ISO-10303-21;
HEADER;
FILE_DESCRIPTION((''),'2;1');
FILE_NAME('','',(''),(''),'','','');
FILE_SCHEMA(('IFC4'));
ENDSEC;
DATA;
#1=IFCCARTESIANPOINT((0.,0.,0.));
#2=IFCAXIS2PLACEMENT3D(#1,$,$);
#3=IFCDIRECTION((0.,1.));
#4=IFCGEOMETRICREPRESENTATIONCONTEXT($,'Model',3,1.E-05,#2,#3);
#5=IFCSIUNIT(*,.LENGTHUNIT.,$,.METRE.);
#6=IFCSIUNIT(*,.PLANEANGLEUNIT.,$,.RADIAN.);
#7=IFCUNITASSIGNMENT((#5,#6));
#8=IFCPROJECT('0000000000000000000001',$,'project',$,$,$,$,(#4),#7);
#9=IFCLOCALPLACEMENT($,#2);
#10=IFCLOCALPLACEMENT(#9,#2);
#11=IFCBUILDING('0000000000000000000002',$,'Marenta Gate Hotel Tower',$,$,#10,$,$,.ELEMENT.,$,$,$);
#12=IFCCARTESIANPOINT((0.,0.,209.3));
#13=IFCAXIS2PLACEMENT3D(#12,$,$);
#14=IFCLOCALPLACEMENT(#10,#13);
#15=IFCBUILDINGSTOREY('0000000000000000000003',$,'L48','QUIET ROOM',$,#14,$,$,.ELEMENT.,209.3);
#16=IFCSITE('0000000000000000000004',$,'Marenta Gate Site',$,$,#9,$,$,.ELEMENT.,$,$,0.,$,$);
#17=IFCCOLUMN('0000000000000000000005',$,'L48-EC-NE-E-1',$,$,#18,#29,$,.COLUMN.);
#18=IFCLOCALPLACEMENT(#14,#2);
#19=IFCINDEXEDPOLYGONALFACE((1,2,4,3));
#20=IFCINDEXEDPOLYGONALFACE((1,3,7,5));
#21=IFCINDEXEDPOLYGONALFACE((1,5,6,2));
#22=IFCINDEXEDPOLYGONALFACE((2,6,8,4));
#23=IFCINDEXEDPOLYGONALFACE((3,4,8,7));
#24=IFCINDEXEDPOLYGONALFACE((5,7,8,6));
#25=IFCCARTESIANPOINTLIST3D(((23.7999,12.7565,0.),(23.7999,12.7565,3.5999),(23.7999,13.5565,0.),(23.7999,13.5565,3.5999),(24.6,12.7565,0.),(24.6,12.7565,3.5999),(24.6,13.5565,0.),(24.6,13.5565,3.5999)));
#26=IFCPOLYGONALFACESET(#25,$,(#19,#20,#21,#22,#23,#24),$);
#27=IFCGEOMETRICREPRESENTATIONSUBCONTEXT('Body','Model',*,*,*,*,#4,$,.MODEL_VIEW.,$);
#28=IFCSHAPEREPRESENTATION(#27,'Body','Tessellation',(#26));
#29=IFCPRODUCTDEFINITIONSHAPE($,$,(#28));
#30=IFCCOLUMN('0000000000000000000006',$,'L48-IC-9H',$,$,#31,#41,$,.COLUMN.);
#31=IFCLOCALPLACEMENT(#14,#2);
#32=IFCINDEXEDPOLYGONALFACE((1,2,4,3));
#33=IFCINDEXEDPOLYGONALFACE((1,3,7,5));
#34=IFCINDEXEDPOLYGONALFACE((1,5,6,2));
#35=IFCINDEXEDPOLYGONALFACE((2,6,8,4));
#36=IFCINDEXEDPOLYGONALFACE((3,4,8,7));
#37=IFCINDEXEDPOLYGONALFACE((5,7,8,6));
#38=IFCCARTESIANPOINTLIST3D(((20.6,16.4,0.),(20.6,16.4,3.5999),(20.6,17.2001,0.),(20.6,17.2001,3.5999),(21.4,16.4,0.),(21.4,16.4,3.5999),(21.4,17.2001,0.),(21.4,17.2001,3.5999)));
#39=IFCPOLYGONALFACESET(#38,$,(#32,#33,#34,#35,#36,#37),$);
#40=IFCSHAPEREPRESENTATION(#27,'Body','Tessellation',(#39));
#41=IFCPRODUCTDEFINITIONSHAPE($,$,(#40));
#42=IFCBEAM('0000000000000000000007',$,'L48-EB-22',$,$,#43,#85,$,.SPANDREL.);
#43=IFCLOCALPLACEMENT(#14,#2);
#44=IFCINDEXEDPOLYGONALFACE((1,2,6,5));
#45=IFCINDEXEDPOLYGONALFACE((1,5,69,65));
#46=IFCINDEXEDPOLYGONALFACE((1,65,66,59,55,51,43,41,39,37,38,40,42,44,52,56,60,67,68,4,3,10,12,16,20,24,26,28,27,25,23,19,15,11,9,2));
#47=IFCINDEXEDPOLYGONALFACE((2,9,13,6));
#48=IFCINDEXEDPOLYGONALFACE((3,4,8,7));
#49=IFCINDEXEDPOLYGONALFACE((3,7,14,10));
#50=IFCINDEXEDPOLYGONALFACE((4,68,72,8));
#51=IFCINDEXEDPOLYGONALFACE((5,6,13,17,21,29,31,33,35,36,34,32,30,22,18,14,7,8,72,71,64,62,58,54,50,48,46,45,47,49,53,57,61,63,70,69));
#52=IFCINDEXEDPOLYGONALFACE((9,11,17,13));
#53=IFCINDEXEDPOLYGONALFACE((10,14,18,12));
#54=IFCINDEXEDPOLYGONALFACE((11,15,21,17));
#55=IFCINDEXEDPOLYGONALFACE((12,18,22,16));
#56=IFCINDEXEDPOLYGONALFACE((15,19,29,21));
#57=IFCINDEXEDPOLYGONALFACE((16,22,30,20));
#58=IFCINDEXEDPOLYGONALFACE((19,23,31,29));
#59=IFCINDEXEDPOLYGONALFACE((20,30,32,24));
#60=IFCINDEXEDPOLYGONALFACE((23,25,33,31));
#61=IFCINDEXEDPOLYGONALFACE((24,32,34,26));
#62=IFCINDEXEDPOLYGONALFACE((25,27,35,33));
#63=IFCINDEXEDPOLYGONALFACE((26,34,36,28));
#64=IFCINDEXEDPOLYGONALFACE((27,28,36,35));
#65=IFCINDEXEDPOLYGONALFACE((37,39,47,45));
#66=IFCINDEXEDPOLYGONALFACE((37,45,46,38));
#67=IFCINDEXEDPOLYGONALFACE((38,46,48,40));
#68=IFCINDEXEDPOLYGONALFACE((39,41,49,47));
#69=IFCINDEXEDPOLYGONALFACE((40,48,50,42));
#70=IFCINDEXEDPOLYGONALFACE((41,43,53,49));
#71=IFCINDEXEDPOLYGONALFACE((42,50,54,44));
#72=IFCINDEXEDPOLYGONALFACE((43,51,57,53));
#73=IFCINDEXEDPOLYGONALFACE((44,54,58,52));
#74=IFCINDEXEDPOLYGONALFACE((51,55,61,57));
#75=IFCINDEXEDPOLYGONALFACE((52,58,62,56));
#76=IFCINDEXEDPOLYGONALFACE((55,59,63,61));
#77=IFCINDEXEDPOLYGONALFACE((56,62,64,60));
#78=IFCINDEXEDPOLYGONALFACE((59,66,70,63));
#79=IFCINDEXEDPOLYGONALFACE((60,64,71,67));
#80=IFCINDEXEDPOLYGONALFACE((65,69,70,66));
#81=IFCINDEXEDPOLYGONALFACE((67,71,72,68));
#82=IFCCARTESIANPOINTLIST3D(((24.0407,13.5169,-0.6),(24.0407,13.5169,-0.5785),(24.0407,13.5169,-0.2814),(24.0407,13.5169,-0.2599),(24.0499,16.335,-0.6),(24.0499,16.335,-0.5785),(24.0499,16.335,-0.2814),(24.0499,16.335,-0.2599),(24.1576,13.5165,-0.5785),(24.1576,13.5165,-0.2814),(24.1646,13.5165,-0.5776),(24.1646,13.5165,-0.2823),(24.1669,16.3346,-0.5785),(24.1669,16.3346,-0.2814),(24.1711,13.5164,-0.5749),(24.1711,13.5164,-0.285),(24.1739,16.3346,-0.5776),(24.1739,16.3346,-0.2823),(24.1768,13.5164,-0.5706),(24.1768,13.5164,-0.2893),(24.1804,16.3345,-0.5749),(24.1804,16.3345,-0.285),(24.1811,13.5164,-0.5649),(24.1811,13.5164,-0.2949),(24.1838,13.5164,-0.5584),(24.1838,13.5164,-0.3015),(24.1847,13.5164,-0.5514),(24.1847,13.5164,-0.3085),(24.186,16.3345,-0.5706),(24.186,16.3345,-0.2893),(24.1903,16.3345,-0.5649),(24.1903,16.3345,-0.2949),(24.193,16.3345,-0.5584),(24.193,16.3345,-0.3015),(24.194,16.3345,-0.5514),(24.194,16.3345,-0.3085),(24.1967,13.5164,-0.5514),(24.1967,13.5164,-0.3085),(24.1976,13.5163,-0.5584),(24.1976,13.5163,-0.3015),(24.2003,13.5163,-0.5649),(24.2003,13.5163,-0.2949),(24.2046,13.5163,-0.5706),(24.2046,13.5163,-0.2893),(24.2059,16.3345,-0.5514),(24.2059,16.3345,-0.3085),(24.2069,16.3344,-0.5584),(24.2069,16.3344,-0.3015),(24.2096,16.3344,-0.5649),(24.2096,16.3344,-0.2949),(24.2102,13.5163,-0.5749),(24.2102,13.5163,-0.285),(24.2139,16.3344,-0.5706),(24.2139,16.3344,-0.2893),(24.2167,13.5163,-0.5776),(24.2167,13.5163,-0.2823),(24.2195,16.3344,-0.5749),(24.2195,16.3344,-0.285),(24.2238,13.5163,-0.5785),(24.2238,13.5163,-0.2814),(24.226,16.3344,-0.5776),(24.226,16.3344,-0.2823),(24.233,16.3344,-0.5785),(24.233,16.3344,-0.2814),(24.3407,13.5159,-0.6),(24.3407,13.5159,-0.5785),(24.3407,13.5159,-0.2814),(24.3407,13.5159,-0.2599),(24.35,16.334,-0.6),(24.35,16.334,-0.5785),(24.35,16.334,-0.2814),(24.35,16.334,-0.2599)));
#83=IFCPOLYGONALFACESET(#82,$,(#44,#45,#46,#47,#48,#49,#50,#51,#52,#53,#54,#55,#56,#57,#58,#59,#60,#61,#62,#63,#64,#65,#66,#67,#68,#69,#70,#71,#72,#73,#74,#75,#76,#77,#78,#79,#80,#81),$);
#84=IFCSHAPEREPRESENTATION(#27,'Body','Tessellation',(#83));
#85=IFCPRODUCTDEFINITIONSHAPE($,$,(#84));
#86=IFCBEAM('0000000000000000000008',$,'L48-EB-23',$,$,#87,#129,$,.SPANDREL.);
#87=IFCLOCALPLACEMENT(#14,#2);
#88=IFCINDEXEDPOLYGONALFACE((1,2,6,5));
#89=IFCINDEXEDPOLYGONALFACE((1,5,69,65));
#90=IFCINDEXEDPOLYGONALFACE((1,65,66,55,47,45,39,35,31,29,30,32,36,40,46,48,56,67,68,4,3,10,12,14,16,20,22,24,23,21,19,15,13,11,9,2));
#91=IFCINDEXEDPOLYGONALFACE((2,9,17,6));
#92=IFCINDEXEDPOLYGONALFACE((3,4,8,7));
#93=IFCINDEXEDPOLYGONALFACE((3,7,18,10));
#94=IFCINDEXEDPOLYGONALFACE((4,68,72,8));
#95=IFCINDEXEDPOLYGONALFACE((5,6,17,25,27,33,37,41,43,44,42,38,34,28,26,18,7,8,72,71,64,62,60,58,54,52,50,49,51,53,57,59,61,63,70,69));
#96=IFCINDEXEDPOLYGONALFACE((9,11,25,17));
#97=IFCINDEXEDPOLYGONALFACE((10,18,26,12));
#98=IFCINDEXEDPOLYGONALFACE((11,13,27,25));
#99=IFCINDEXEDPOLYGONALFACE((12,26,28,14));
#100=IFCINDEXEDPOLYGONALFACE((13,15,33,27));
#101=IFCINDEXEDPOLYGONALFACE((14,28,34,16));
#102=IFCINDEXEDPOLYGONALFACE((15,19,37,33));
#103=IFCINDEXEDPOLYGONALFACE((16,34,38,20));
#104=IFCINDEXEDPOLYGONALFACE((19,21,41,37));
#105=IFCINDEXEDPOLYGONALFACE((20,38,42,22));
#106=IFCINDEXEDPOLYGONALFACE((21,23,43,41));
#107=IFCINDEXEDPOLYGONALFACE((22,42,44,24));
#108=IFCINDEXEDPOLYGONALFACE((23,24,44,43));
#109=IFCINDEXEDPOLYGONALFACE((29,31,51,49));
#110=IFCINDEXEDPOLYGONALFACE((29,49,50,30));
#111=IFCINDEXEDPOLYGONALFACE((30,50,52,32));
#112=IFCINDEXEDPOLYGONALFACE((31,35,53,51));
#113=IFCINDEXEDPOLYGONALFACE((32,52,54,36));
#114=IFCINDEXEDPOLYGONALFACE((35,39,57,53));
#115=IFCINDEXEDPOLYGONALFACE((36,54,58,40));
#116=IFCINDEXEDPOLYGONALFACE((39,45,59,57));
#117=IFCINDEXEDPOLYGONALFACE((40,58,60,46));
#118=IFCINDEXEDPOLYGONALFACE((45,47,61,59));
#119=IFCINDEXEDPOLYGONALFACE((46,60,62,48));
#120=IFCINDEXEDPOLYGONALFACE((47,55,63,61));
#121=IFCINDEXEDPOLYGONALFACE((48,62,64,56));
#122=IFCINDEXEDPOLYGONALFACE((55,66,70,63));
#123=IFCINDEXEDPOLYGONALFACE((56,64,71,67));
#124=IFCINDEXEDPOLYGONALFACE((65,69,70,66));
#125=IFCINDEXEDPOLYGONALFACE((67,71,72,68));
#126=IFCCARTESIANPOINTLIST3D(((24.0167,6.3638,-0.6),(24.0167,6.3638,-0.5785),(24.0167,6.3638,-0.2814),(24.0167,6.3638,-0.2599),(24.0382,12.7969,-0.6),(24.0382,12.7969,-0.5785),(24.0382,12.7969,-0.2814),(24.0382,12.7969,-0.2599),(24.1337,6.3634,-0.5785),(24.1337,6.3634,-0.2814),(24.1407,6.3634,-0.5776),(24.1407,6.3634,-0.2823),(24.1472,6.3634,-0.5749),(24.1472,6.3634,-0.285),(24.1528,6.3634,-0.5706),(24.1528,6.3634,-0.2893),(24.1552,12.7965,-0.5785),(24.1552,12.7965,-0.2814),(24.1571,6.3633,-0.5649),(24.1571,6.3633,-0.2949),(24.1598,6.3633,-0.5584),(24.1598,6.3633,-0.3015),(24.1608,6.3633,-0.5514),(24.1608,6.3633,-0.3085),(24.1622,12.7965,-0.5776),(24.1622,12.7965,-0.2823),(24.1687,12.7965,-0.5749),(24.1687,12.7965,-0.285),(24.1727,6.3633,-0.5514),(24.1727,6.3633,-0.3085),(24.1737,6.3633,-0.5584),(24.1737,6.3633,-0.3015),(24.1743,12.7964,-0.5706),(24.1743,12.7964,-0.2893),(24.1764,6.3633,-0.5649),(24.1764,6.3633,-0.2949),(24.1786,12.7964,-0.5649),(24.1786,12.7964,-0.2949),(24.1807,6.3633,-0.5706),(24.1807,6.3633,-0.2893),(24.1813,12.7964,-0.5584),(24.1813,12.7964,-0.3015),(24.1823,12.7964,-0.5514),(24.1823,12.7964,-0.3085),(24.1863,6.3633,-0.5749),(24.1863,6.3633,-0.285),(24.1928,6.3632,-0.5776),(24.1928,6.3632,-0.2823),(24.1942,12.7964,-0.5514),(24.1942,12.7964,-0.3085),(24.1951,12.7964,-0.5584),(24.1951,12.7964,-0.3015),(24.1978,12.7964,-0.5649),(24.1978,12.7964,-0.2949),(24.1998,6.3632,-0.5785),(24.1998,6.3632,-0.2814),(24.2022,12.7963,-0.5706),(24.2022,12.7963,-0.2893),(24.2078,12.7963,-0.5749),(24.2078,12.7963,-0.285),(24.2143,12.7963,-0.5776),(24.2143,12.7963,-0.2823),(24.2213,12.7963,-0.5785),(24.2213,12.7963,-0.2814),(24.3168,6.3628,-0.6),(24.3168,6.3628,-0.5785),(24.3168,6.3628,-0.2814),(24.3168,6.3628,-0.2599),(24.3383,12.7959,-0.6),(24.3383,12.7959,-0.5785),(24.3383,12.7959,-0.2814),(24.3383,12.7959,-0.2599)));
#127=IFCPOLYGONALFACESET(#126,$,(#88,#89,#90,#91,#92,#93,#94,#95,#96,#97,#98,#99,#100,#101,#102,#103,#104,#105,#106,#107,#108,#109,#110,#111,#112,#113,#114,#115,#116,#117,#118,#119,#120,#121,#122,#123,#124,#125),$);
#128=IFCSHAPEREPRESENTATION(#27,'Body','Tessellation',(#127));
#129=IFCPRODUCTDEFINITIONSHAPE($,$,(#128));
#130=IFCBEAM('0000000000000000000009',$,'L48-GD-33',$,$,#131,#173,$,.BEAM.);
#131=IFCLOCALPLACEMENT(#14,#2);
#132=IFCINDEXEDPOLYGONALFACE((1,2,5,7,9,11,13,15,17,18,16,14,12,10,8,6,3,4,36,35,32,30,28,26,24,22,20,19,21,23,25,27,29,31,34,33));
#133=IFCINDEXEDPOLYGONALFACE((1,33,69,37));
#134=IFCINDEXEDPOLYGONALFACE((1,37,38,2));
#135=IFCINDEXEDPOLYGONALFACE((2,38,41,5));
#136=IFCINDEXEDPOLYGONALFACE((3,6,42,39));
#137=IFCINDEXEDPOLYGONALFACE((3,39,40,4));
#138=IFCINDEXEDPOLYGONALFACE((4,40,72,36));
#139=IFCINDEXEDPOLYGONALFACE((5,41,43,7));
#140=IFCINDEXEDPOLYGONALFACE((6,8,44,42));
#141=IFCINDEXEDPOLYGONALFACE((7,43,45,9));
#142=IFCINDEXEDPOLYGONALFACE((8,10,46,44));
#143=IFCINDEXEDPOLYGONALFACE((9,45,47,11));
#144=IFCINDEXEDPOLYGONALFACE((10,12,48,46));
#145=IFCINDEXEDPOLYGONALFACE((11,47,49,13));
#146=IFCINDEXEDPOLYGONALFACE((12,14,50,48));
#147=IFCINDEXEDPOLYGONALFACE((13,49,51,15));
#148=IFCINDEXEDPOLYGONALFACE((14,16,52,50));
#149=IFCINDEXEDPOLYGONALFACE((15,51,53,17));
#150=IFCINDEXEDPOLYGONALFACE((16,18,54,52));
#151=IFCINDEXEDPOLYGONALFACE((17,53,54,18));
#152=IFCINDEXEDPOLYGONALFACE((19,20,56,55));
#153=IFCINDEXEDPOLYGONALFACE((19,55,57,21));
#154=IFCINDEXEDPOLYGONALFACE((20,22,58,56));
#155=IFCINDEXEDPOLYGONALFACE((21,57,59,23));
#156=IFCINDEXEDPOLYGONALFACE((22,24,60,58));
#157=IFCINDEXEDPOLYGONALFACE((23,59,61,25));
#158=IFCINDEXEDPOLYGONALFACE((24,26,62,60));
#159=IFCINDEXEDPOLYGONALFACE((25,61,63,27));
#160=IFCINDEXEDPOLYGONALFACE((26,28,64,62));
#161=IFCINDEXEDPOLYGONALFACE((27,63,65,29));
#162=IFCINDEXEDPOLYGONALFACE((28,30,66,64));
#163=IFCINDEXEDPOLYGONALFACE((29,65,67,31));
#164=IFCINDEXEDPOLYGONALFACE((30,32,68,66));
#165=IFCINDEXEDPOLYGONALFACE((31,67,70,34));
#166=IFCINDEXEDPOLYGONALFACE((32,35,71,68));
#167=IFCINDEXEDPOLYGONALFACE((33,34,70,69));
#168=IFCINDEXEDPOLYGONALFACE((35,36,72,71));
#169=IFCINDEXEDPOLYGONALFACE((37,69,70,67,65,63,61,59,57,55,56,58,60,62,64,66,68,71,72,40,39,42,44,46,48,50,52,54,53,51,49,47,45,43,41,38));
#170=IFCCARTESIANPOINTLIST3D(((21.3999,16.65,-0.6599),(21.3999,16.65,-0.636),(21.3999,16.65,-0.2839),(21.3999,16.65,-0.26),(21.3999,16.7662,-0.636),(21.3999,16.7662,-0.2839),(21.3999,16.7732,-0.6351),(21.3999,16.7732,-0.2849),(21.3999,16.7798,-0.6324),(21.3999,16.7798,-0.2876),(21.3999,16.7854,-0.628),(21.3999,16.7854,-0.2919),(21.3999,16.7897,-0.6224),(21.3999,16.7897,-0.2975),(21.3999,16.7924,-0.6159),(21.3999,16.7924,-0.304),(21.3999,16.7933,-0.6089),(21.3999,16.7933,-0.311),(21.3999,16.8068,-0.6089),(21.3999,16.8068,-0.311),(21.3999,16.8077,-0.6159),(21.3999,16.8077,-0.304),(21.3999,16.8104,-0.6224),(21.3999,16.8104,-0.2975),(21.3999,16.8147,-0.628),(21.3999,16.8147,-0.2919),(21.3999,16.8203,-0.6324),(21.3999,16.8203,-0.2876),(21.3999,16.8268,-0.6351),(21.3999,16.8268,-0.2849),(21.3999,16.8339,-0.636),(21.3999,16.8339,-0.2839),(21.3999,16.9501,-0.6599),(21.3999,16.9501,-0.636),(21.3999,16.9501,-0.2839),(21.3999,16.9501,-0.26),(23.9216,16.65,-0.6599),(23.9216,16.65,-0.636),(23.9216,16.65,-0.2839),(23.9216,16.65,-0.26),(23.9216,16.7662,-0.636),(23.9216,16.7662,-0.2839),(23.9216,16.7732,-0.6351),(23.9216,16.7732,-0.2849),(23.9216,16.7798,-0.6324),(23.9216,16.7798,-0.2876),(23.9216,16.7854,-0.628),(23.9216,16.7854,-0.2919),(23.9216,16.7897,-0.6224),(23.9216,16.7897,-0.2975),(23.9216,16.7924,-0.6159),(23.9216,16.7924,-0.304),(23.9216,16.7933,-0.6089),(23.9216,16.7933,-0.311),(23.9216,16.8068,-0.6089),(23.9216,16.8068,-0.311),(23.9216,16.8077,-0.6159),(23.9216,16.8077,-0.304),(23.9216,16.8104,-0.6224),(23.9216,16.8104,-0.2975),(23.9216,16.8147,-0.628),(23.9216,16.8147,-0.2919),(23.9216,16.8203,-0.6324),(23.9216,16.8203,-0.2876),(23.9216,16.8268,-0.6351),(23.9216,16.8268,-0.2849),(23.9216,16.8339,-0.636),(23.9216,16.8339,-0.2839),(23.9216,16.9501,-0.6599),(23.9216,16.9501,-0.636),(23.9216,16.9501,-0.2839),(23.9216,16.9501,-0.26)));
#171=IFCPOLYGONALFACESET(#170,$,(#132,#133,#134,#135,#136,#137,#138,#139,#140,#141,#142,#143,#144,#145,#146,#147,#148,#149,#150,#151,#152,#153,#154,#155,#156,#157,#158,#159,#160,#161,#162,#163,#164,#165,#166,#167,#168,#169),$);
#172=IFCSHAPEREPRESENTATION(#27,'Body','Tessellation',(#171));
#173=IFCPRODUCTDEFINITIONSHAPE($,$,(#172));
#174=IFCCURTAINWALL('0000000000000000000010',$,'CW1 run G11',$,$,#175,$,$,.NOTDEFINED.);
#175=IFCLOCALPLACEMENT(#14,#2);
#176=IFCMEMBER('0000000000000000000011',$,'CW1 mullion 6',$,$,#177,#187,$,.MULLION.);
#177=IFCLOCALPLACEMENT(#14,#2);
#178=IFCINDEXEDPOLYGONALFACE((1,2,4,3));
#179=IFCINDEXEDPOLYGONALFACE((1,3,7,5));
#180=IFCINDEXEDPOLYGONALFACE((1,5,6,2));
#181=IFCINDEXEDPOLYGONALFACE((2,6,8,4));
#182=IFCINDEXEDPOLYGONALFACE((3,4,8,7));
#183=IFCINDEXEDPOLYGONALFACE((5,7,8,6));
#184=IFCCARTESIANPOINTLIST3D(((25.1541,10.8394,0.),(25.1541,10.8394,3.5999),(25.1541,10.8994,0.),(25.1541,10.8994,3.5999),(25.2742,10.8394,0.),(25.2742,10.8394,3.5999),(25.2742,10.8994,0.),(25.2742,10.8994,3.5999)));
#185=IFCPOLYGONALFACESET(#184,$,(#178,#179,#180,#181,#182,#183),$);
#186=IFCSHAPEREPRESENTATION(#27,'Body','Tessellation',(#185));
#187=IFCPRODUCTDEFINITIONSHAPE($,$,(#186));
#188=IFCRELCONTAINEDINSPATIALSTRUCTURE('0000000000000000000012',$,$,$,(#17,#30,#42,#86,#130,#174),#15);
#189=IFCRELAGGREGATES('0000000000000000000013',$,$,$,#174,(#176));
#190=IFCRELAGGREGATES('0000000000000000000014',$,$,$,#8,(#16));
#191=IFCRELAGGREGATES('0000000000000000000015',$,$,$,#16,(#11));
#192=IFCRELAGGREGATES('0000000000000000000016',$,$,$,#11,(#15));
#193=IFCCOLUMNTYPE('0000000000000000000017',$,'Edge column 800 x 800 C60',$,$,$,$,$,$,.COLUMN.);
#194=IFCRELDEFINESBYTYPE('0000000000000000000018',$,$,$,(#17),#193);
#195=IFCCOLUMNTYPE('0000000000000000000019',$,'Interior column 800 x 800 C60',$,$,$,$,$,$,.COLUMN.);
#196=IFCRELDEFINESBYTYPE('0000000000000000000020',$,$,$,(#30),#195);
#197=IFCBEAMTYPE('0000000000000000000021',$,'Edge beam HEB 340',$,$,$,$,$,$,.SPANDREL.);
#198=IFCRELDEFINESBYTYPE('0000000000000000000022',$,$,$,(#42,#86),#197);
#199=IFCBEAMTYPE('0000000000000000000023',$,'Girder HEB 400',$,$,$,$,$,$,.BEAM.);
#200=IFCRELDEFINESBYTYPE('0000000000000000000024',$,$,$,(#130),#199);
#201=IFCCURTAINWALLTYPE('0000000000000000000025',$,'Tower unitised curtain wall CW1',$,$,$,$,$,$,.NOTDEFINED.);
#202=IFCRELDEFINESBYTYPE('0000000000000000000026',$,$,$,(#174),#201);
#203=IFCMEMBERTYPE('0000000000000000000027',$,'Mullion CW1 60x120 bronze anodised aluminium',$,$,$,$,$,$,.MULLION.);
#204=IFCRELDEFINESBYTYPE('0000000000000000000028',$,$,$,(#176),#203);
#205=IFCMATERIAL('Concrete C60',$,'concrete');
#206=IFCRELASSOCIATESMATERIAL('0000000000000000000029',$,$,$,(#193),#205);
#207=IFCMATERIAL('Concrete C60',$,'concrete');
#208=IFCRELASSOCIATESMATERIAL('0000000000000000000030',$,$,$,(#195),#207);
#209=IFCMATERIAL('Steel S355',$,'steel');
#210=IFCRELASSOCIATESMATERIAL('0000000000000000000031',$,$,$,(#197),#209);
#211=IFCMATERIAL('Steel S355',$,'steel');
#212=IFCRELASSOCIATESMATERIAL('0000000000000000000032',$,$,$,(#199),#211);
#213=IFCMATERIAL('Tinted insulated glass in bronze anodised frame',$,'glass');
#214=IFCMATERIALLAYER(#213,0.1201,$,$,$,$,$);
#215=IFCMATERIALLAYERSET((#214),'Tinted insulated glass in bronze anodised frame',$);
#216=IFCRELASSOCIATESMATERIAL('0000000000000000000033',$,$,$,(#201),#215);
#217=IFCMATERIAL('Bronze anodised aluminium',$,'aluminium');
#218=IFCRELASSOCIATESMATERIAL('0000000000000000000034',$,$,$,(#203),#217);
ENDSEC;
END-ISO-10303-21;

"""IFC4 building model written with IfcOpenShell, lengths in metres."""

from ifc_helpers import new_model, si_unit, direction, frame, origin, origin_2d, place, context, subcontext, project, spatial, rectangle, i_section, extrude, material, layer, layer_set, material_profile, profile_set, type_object, element, aggregate, save


model = new_model("IFC4")

# Units and contexts
model_context = context("Model", 3, precision=1e-05, world=origin(), true_north=direction((0.0, 1.0)))
body_context = subcontext(model_context, "Body", "Model", "MODEL_VIEW")
ifc_project = project(units=[si_unit("LENGTHUNIT", "METRE"), si_unit("PLANEANGLEUNIT", "RADIAN")], contexts=[model_context])

# Site, building, storey
site_placement = place(None, origin())
site = spatial("IfcSite", under=ifc_project, at=site_placement, Name="Marenta Gate Site", CompositionType="ELEMENT", RefElevation=0.0)
building_placement = place(site_placement, origin())
building = spatial("IfcBuilding", under=site, at=building_placement, Name="Marenta Gate Hotel Tower", CompositionType="ELEMENT")
storey_placement = place(building_placement, frame((0.0, 0.0, 209.3)))
storey = spatial("IfcBuildingStorey", under=building, at=storey_placement, Name="L48", Description="QUIET ROOM", CompositionType="ELEMENT", Elevation=209.3)

# Columns
ifc_material_1 = material(Name="Concrete C60", Category="concrete")
ifc_material_profile_1 = material_profile(ifc_material_1, rectangle(XDim=0.8, YDim=0.8, at=origin_2d()), Name="800 x 800")
ifc_profile_set_1 = profile_set([ifc_material_profile_1], Name="Concrete C60")
column_type_1 = type_object("IfcColumnType", Name="Edge column 800 x 800 C60", PredefinedType="COLUMN", material=ifc_profile_set_1)
column_1_placement = place(storey_placement, frame((24.2, 13.1565, 0.0), z_axis=(0.0, 0.0, 1.0), x_axis=(1.0, 0.0, 0.0)))
element("IfcColumn", 1, at=column_1_placement, inside=storey, type_object=column_type_1, Name="L48-EC-NE-E-1", PredefinedType="COLUMN", context=body_context, shape_type="SweptSolid", body=[
    extrude(rectangle(XDim=0.8, YDim=0.8, at=origin_2d()), origin(), (0.0, 0.0, 1.0), 3.5999),
])
ifc_material_2 = material(Name="Concrete C60", Category="concrete")
ifc_material_profile_2 = material_profile(ifc_material_2, rectangle(XDim=0.8, YDim=0.8, at=origin_2d()), Name="800 x 800")
ifc_profile_set_2 = profile_set([ifc_material_profile_2], Name="Concrete C60")
column_type_2 = type_object("IfcColumnType", Name="Interior column 800 x 800 C60", PredefinedType="COLUMN", material=ifc_profile_set_2)
column_2_placement = place(storey_placement, frame((21.0, 16.8, 0.0), z_axis=(0.0, 0.0, 1.0), x_axis=(1.0, 0.0, 0.0)))
element("IfcColumn", 2, at=column_2_placement, inside=storey, type_object=column_type_2, Name="L48-IC-9H", PredefinedType="COLUMN", context=body_context, shape_type="SweptSolid", body=[
    extrude(rectangle(XDim=0.8, YDim=0.8, at=origin_2d()), origin(), (0.0, 0.0, 1.0), 3.5999),
])

# Beams
ifc_material_3 = material(Name="Steel S355", Category="steel")
ifc_material_profile_3 = material_profile(ifc_material_3, i_section(OverallWidth=0.3, OverallDepth=0.3401, WebThickness=0.012, FlangeThickness=0.0215, FilletRadius=0.0271, at=origin_2d()), Name="HEB 340")
ifc_profile_set_3 = profile_set([ifc_material_profile_3], Name="Steel S355")
beam_type_1 = type_object("IfcBeamType", Name="Edge beam HEB 340", PredefinedType="SPANDREL", material=ifc_profile_set_3)
beam_1_placement = place(storey_placement, frame((24.2, 16.3345, -0.4299), z_axis=(-0.003292, -0.999995, 0.0), x_axis=(0.999995, -0.003292, 0.0)))
element("IfcBeam", 3, at=beam_1_placement, inside=storey, type_object=beam_type_1, Name="L48-EB-22", PredefinedType="SPANDREL", context=body_context, shape_type="SweptSolid", body=[
    extrude(i_section(OverallWidth=0.3, OverallDepth=0.3401, WebThickness=0.012, FlangeThickness=0.0215, FilletRadius=0.0271, at=origin_2d()), origin(), (0.0, 0.0, 1.0), 2.8181),
])
beam_2_placement = place(storey_placement, frame((24.1882, 12.7964, -0.4299), z_axis=(-0.00334, -0.999994, 0.0), x_axis=(0.999994, -0.00334, 0.0)))
element("IfcBeam", 4, at=beam_2_placement, inside=storey, type_object=beam_type_1, Name="L48-EB-23", PredefinedType="SPANDREL", context=body_context, shape_type="SweptSolid", body=[
    extrude(i_section(OverallWidth=0.3, OverallDepth=0.3401, WebThickness=0.012, FlangeThickness=0.0215, FilletRadius=0.0271, at=origin_2d()), origin(), (0.0, 0.0, 1.0), 6.4331),
])
ifc_material_4 = material(Name="Steel S355", Category="steel")
ifc_material_profile_4 = material_profile(ifc_material_4, i_section(OverallWidth=0.3, OverallDepth=0.3999, WebThickness=0.0134, FlangeThickness=0.0239, FilletRadius=0.0271, at=origin_2d()), Name="HEB 400")
ifc_profile_set_4 = profile_set([ifc_material_profile_4], Name="Steel S355")
beam_type_2 = type_object("IfcBeamType", Name="Girder HEB 400", PredefinedType="BEAM", material=ifc_profile_set_4)
beam_3_placement = place(storey_placement, frame((21.3999, 16.8, -0.46), z_axis=(1.0, 0.0, 0.0), x_axis=(0.0, 1.0, 0.0)))
element("IfcBeam", 5, at=beam_3_placement, inside=storey, type_object=beam_type_2, Name="L48-GD-33", PredefinedType="BEAM", context=body_context, shape_type="SweptSolid", body=[
    extrude(i_section(OverallWidth=0.3, OverallDepth=0.3999, WebThickness=0.0134, FlangeThickness=0.0239, FilletRadius=0.0271, at=origin_2d()), origin(), (0.0, 0.0, 1.0), 2.5217),
])

# Curtain wall, member
ifc_material_5 = material(Name="Tinted insulated glass in bronze anodised frame", Category="glass")
ifc_layer_1 = layer(ifc_material_5, 0.1201)
ifc_layer_set_1 = layer_set([ifc_layer_1], Name="Tinted insulated glass in bronze anodised frame")
curtain_wall_type = type_object("IfcCurtainWallType", Name="Tower unitised curtain wall CW1", PredefinedType="NOTDEFINED", material=ifc_layer_set_1)
curtain_wall_1_placement = place(storey_placement, origin())
curtain_wall_1 = element("IfcCurtainWall", 6, at=curtain_wall_1_placement, inside=storey, type_object=curtain_wall_type, Name="CW1 run G11", PredefinedType="NOTDEFINED")
ifc_material_6 = material(Name="Bronze anodised aluminium", Category="aluminium")
ifc_material_profile_5 = material_profile(ifc_material_6, rectangle(XDim=0.1201, YDim=0.0601, at=origin_2d()), Name="Mullion CW1 60x120 bronze anodised aluminium")
ifc_profile_set_5 = profile_set([ifc_material_profile_5], Name="Bronze anodised aluminium")
member_type_1 = type_object("IfcMemberType", Name="Mullion CW1 60x120 bronze anodised aluminium", PredefinedType="MULLION", material=ifc_profile_set_5)
member_1_placement = place(storey_placement, frame((25.2141, 10.8694, 0.0), z_axis=(0.0, 0.0, 1.0), x_axis=(-1.0, 0.0, 0.0)))
member_1 = element("IfcMember", 7, at=member_1_placement, type_object=member_type_1, Name="CW1 mullion 6", PredefinedType="MULLION", context=body_context, shape_type="SweptSolid", body=[
    extrude(rectangle(XDim=0.1201, YDim=0.0601, at=origin_2d()), origin(), (0.0, 0.0, 1.0), 3.5999),
])

aggregate(curtain_wall_1, [member_1])

save(model, "model.ifc")
